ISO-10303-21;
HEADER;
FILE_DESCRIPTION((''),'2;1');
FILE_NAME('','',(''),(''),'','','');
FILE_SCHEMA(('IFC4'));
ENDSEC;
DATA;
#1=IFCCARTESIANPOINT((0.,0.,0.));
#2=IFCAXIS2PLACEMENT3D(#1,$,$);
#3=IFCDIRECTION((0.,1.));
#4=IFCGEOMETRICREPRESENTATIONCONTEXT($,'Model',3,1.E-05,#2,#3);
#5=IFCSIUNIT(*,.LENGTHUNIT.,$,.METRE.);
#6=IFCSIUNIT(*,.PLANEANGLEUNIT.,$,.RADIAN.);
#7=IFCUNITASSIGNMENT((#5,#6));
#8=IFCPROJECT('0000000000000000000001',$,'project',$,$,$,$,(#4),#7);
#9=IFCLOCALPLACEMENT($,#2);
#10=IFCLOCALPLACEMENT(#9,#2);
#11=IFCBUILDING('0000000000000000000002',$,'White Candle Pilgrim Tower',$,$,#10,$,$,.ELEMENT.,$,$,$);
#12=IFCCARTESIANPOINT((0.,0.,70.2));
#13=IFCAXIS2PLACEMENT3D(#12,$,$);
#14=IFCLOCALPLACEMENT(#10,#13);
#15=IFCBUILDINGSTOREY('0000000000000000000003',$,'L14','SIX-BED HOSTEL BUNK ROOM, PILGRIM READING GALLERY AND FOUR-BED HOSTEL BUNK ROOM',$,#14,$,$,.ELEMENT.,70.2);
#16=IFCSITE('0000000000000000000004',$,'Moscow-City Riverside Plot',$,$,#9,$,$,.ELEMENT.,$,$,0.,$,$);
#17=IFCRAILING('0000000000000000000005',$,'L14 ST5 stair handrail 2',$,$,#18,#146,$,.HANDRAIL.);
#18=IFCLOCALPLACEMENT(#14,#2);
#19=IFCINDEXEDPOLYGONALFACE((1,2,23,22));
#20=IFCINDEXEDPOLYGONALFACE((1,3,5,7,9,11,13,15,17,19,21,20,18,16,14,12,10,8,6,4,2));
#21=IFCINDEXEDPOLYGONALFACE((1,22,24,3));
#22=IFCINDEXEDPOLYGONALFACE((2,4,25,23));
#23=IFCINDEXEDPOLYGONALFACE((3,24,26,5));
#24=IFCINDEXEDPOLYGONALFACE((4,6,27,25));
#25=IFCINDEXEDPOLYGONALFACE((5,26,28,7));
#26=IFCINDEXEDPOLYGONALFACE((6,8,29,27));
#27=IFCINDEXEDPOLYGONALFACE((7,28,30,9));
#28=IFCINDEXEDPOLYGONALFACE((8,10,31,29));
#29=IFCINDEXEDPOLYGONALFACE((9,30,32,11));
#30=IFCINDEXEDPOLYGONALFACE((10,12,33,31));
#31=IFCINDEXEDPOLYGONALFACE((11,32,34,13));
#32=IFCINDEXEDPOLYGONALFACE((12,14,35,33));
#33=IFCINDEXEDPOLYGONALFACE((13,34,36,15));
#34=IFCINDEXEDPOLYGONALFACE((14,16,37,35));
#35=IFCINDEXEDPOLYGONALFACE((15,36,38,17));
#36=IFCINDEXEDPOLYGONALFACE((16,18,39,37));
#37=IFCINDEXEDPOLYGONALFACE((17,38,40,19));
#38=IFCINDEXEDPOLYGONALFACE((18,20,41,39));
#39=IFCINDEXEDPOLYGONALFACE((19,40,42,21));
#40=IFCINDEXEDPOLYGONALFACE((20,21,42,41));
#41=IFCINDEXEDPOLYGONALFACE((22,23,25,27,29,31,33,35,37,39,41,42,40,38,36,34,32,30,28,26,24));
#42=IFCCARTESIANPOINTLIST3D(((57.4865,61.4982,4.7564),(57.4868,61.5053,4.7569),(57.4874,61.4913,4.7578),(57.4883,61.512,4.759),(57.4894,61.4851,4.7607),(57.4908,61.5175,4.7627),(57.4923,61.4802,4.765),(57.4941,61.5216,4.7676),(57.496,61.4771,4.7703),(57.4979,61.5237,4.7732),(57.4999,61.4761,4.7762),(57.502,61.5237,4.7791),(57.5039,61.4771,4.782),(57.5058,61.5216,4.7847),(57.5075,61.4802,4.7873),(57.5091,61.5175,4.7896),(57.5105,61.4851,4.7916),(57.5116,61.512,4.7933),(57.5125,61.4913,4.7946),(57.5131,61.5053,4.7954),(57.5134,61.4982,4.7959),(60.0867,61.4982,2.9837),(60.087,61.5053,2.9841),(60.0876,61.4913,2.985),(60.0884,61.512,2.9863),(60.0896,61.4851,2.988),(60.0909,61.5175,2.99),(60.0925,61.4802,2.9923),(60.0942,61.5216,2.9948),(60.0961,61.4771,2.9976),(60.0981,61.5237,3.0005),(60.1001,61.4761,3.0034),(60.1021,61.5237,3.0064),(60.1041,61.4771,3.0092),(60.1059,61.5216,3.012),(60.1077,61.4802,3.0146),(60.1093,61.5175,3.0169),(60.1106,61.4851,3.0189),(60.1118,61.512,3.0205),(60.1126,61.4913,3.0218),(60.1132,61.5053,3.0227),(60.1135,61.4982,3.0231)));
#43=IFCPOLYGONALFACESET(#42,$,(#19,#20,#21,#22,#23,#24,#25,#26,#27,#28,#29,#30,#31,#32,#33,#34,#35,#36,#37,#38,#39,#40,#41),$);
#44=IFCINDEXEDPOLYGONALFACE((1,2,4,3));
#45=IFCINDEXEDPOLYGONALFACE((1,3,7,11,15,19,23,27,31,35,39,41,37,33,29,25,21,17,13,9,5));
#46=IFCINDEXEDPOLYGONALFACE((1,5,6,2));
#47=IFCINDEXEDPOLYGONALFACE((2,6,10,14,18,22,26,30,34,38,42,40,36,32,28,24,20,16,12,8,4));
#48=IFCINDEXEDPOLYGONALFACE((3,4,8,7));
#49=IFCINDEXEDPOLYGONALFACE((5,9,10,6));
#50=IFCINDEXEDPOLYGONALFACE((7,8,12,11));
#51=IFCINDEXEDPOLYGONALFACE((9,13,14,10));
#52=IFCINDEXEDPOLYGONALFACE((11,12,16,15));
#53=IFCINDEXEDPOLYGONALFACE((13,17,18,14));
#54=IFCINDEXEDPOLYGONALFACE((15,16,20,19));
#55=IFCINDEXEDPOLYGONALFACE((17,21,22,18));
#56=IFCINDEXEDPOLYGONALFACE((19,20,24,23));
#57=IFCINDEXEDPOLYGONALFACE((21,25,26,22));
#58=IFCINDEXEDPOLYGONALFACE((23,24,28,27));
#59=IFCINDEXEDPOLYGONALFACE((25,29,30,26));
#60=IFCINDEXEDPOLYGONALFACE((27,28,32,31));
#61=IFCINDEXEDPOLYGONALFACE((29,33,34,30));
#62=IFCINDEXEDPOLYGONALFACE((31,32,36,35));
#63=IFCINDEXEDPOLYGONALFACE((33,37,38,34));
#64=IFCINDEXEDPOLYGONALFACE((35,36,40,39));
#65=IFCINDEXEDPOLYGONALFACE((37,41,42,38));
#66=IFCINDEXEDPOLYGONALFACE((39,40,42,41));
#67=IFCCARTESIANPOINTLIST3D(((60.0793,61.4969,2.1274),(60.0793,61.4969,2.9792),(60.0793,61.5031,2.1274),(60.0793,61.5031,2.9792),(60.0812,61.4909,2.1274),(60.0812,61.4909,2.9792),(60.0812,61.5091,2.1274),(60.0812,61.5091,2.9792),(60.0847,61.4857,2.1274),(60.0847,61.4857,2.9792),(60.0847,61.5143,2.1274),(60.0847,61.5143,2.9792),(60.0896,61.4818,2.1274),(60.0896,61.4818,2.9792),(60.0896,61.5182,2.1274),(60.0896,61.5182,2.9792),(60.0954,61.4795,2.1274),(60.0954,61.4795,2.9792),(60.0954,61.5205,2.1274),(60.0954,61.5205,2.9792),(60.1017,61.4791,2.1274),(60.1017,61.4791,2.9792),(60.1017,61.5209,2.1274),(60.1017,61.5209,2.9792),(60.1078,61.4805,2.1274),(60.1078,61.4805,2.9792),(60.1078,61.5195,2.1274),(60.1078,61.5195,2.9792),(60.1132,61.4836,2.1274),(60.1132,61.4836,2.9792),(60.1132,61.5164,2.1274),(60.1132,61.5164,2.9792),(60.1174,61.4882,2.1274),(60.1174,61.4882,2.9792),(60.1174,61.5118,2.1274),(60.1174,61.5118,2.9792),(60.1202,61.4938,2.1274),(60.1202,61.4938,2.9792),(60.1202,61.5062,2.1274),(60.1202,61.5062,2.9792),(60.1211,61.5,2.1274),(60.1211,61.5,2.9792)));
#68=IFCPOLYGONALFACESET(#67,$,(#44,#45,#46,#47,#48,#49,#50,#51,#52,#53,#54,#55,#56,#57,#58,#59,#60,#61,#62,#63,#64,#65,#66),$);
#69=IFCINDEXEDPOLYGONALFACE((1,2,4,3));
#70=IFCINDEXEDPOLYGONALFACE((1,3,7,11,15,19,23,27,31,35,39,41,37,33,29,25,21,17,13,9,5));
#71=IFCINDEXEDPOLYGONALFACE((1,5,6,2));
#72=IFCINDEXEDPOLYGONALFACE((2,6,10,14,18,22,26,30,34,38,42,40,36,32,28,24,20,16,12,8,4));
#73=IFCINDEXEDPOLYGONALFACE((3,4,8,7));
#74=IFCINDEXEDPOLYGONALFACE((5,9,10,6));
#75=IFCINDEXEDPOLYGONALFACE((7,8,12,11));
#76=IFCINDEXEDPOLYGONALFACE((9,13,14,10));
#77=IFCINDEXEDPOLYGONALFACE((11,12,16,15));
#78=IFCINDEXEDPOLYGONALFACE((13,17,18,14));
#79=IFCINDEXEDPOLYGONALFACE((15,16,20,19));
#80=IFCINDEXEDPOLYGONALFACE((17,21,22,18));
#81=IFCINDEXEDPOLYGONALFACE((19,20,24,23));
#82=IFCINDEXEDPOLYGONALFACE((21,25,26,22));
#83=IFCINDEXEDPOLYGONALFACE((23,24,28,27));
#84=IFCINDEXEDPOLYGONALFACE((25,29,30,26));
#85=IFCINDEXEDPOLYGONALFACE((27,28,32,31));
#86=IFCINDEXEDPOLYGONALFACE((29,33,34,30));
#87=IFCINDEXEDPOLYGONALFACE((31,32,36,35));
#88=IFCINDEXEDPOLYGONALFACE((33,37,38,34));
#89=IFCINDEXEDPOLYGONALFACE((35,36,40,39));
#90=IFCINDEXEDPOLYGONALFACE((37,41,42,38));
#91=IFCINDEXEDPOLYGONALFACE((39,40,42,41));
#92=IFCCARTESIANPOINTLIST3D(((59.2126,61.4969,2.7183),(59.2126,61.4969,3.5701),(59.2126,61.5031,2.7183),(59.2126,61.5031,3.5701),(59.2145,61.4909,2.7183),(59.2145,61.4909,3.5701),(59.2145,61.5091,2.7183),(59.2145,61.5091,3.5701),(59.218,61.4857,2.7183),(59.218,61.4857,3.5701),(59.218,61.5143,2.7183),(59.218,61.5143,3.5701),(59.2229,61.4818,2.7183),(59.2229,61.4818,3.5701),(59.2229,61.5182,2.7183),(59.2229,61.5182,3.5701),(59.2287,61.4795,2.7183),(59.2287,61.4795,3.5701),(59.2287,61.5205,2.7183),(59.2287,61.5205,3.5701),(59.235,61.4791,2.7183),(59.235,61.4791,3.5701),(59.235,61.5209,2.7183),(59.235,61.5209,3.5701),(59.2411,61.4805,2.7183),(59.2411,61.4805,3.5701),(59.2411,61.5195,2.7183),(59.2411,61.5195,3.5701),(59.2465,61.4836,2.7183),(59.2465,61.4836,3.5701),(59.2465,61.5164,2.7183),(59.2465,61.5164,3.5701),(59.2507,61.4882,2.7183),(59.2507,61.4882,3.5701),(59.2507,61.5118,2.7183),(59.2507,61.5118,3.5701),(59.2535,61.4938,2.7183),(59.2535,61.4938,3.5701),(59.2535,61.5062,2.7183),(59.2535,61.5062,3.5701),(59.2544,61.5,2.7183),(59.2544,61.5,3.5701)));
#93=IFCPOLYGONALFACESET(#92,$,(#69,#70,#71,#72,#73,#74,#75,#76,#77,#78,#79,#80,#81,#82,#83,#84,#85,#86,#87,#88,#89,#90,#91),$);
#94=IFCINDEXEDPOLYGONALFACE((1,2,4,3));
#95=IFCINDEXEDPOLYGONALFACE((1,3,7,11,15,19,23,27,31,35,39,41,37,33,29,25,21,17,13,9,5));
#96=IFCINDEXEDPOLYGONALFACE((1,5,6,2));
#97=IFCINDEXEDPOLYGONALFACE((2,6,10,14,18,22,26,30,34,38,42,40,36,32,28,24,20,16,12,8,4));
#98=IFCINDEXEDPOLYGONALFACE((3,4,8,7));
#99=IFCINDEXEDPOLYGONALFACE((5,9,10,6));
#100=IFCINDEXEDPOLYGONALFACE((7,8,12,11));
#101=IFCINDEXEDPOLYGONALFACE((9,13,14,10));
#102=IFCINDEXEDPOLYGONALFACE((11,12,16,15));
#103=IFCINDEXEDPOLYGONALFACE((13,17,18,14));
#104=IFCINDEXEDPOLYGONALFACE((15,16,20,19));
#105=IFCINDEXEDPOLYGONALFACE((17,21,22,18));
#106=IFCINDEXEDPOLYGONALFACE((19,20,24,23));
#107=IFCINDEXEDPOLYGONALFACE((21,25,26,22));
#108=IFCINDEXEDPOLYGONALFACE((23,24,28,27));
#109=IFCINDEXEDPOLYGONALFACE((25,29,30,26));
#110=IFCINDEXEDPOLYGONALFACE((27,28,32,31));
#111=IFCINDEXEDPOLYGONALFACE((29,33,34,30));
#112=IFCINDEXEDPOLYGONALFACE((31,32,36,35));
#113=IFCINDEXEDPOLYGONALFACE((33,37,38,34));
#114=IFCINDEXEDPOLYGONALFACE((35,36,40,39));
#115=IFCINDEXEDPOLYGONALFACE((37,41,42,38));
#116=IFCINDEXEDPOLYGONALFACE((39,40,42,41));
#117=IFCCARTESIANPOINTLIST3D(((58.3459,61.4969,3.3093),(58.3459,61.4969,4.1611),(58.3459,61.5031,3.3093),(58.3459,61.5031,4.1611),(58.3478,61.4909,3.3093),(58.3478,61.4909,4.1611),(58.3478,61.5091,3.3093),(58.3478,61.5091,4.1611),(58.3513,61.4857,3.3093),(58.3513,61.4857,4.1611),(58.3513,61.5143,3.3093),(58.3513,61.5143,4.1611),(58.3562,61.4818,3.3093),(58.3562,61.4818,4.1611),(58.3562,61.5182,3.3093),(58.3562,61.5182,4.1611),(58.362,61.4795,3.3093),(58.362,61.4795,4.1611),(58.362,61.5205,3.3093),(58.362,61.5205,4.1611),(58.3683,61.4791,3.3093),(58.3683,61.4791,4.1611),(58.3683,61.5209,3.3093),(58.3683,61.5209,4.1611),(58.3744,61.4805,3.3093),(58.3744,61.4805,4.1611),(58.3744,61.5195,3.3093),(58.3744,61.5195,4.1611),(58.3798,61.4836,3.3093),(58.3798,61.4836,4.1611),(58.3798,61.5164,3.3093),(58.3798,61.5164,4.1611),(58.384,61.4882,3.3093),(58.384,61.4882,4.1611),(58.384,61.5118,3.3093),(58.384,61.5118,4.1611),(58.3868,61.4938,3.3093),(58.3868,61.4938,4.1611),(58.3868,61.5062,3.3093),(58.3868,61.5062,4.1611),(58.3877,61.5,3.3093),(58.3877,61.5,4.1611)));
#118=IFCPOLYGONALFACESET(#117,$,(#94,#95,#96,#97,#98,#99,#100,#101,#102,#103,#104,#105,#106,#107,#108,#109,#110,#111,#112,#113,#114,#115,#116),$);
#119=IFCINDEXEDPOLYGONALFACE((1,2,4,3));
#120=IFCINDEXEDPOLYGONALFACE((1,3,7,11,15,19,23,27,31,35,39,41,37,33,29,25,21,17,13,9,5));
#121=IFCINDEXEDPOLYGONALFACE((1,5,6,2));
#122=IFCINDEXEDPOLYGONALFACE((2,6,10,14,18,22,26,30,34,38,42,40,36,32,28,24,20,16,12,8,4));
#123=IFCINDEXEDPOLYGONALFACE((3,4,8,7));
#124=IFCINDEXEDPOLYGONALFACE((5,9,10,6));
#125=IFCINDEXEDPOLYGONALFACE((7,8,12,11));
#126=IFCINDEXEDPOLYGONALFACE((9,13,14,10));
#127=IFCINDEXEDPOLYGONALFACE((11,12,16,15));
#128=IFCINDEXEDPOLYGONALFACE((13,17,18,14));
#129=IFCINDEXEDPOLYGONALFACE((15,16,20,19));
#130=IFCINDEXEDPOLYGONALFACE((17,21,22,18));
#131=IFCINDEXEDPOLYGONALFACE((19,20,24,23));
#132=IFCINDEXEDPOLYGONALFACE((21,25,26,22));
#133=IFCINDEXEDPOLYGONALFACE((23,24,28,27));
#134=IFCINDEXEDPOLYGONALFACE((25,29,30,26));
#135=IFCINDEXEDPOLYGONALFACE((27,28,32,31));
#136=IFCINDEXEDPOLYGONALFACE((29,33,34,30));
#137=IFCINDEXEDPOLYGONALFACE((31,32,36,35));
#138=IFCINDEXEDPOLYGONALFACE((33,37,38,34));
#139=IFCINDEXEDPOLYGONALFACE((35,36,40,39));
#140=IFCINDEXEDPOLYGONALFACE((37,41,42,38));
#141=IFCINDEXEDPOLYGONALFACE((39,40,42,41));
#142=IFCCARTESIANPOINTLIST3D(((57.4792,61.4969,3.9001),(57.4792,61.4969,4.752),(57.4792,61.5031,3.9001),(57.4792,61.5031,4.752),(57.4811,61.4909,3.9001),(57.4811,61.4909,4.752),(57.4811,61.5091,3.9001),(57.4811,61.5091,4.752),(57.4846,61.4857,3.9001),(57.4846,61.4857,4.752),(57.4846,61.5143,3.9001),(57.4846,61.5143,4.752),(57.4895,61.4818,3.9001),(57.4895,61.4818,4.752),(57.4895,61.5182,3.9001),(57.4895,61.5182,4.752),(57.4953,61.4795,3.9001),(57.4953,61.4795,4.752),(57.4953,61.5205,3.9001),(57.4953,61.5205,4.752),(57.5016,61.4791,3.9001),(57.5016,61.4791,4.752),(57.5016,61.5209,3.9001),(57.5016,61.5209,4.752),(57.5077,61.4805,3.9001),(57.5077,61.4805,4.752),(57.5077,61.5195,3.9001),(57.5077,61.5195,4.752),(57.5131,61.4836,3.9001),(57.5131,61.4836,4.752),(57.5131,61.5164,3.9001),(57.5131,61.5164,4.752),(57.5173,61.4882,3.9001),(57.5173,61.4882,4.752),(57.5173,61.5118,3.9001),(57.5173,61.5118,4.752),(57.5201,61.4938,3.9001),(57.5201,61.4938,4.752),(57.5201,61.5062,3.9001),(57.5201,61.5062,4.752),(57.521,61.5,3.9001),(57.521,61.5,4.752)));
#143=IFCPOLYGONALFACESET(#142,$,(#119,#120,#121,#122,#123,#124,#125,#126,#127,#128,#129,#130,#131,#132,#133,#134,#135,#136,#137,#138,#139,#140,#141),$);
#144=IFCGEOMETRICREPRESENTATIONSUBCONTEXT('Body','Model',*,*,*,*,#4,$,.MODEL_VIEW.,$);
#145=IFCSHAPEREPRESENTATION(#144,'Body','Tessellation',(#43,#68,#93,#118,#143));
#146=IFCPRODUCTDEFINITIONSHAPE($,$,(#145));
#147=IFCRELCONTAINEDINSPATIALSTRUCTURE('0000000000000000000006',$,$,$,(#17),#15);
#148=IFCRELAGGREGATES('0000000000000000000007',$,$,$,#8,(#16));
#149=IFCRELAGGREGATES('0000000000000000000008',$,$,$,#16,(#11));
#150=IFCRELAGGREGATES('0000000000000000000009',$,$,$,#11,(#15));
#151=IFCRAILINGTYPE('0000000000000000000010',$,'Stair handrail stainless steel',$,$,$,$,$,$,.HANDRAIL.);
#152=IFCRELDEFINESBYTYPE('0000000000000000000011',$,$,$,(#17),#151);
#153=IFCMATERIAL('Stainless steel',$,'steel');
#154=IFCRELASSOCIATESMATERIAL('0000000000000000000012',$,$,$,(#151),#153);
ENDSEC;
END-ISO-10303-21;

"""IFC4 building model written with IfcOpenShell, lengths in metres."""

from ifc_helpers import new_model, si_unit, direction, frame, origin, origin_2d, place, context, subcontext, project, spatial, circle, extrude, material, type_object, element, save


model = new_model("IFC4")

# Units and contexts
model_context = context("Model", 3, precision=1e-05, world=origin(), true_north=direction((0.0, 1.0)))
body_context = subcontext(model_context, "Body", "Model", "MODEL_VIEW")
ifc_project = project(units=[si_unit("LENGTHUNIT", "METRE"), si_unit("PLANEANGLEUNIT", "RADIAN")], contexts=[model_context])

# Site, building, storey
site_placement = place(None, origin())
site = spatial("IfcSite", under=ifc_project, at=site_placement, Name="Moscow-City Riverside Plot", CompositionType="ELEMENT", RefElevation=0.0)
building_placement = place(site_placement, origin())
building = spatial("IfcBuilding", under=site, at=building_placement, Name="White Candle Pilgrim Tower", CompositionType="ELEMENT")
storey_placement = place(building_placement, frame((0.0, 0.0, 70.2)))
storey = spatial("IfcBuildingStorey", under=building, at=storey_placement, Name="L14", Description="SIX-BED HOSTEL BUNK ROOM, PILGRIM READING GALLERY AND FOUR-BED HOSTEL BUNK ROOM", CompositionType="ELEMENT", Elevation=70.2)

# Shared definitions
ifc_material_1 = material(Name="Stainless steel", Category="steel")

# Railing
railing_type_1 = type_object("IfcRailingType", Name="Stair handrail stainless steel", PredefinedType="HANDRAIL", material=ifc_material_1)
railing_1_placement = place(storey_placement, frame((60.1001, 61.5, 2.1274)))
element("IfcRailing", 1, at=railing_1_placement, inside=storey, type_object=railing_type_1, Name="L14 ST5 stair handrail 2", PredefinedType="HANDRAIL", context=body_context, shape_type="SweptSolid", body=[
    extrude(circle(Radius=0.0239, at=origin_2d()), frame((0.0, 0.0, 0.876), z_axis=(-0.82624, 0.0, 0.563318), x_axis=(0.0, -1.0, 0.0)), (0.0, 0.0, 1.0), 3.147),
    extrude(circle(Radius=0.021, at=origin_2d()), origin(), (0.0, 0.0, 1.0), 0.8518),
    extrude(circle(Radius=0.021, at=origin_2d()), frame((-0.8667, 0.0, 0.5908)), (0.0, 0.0, 1.0), 0.8518),
    extrude(circle(Radius=0.021, at=origin_2d()), frame((-1.7334, 0.0, 1.1819)), (0.0, 0.0, 1.0), 0.8518),
    extrude(circle(Radius=0.021, at=origin_2d()), frame((-2.6001, 0.0, 1.7727)), (0.0, 0.0, 1.0), 0.8518),
])

save(model, "model.ifc")
